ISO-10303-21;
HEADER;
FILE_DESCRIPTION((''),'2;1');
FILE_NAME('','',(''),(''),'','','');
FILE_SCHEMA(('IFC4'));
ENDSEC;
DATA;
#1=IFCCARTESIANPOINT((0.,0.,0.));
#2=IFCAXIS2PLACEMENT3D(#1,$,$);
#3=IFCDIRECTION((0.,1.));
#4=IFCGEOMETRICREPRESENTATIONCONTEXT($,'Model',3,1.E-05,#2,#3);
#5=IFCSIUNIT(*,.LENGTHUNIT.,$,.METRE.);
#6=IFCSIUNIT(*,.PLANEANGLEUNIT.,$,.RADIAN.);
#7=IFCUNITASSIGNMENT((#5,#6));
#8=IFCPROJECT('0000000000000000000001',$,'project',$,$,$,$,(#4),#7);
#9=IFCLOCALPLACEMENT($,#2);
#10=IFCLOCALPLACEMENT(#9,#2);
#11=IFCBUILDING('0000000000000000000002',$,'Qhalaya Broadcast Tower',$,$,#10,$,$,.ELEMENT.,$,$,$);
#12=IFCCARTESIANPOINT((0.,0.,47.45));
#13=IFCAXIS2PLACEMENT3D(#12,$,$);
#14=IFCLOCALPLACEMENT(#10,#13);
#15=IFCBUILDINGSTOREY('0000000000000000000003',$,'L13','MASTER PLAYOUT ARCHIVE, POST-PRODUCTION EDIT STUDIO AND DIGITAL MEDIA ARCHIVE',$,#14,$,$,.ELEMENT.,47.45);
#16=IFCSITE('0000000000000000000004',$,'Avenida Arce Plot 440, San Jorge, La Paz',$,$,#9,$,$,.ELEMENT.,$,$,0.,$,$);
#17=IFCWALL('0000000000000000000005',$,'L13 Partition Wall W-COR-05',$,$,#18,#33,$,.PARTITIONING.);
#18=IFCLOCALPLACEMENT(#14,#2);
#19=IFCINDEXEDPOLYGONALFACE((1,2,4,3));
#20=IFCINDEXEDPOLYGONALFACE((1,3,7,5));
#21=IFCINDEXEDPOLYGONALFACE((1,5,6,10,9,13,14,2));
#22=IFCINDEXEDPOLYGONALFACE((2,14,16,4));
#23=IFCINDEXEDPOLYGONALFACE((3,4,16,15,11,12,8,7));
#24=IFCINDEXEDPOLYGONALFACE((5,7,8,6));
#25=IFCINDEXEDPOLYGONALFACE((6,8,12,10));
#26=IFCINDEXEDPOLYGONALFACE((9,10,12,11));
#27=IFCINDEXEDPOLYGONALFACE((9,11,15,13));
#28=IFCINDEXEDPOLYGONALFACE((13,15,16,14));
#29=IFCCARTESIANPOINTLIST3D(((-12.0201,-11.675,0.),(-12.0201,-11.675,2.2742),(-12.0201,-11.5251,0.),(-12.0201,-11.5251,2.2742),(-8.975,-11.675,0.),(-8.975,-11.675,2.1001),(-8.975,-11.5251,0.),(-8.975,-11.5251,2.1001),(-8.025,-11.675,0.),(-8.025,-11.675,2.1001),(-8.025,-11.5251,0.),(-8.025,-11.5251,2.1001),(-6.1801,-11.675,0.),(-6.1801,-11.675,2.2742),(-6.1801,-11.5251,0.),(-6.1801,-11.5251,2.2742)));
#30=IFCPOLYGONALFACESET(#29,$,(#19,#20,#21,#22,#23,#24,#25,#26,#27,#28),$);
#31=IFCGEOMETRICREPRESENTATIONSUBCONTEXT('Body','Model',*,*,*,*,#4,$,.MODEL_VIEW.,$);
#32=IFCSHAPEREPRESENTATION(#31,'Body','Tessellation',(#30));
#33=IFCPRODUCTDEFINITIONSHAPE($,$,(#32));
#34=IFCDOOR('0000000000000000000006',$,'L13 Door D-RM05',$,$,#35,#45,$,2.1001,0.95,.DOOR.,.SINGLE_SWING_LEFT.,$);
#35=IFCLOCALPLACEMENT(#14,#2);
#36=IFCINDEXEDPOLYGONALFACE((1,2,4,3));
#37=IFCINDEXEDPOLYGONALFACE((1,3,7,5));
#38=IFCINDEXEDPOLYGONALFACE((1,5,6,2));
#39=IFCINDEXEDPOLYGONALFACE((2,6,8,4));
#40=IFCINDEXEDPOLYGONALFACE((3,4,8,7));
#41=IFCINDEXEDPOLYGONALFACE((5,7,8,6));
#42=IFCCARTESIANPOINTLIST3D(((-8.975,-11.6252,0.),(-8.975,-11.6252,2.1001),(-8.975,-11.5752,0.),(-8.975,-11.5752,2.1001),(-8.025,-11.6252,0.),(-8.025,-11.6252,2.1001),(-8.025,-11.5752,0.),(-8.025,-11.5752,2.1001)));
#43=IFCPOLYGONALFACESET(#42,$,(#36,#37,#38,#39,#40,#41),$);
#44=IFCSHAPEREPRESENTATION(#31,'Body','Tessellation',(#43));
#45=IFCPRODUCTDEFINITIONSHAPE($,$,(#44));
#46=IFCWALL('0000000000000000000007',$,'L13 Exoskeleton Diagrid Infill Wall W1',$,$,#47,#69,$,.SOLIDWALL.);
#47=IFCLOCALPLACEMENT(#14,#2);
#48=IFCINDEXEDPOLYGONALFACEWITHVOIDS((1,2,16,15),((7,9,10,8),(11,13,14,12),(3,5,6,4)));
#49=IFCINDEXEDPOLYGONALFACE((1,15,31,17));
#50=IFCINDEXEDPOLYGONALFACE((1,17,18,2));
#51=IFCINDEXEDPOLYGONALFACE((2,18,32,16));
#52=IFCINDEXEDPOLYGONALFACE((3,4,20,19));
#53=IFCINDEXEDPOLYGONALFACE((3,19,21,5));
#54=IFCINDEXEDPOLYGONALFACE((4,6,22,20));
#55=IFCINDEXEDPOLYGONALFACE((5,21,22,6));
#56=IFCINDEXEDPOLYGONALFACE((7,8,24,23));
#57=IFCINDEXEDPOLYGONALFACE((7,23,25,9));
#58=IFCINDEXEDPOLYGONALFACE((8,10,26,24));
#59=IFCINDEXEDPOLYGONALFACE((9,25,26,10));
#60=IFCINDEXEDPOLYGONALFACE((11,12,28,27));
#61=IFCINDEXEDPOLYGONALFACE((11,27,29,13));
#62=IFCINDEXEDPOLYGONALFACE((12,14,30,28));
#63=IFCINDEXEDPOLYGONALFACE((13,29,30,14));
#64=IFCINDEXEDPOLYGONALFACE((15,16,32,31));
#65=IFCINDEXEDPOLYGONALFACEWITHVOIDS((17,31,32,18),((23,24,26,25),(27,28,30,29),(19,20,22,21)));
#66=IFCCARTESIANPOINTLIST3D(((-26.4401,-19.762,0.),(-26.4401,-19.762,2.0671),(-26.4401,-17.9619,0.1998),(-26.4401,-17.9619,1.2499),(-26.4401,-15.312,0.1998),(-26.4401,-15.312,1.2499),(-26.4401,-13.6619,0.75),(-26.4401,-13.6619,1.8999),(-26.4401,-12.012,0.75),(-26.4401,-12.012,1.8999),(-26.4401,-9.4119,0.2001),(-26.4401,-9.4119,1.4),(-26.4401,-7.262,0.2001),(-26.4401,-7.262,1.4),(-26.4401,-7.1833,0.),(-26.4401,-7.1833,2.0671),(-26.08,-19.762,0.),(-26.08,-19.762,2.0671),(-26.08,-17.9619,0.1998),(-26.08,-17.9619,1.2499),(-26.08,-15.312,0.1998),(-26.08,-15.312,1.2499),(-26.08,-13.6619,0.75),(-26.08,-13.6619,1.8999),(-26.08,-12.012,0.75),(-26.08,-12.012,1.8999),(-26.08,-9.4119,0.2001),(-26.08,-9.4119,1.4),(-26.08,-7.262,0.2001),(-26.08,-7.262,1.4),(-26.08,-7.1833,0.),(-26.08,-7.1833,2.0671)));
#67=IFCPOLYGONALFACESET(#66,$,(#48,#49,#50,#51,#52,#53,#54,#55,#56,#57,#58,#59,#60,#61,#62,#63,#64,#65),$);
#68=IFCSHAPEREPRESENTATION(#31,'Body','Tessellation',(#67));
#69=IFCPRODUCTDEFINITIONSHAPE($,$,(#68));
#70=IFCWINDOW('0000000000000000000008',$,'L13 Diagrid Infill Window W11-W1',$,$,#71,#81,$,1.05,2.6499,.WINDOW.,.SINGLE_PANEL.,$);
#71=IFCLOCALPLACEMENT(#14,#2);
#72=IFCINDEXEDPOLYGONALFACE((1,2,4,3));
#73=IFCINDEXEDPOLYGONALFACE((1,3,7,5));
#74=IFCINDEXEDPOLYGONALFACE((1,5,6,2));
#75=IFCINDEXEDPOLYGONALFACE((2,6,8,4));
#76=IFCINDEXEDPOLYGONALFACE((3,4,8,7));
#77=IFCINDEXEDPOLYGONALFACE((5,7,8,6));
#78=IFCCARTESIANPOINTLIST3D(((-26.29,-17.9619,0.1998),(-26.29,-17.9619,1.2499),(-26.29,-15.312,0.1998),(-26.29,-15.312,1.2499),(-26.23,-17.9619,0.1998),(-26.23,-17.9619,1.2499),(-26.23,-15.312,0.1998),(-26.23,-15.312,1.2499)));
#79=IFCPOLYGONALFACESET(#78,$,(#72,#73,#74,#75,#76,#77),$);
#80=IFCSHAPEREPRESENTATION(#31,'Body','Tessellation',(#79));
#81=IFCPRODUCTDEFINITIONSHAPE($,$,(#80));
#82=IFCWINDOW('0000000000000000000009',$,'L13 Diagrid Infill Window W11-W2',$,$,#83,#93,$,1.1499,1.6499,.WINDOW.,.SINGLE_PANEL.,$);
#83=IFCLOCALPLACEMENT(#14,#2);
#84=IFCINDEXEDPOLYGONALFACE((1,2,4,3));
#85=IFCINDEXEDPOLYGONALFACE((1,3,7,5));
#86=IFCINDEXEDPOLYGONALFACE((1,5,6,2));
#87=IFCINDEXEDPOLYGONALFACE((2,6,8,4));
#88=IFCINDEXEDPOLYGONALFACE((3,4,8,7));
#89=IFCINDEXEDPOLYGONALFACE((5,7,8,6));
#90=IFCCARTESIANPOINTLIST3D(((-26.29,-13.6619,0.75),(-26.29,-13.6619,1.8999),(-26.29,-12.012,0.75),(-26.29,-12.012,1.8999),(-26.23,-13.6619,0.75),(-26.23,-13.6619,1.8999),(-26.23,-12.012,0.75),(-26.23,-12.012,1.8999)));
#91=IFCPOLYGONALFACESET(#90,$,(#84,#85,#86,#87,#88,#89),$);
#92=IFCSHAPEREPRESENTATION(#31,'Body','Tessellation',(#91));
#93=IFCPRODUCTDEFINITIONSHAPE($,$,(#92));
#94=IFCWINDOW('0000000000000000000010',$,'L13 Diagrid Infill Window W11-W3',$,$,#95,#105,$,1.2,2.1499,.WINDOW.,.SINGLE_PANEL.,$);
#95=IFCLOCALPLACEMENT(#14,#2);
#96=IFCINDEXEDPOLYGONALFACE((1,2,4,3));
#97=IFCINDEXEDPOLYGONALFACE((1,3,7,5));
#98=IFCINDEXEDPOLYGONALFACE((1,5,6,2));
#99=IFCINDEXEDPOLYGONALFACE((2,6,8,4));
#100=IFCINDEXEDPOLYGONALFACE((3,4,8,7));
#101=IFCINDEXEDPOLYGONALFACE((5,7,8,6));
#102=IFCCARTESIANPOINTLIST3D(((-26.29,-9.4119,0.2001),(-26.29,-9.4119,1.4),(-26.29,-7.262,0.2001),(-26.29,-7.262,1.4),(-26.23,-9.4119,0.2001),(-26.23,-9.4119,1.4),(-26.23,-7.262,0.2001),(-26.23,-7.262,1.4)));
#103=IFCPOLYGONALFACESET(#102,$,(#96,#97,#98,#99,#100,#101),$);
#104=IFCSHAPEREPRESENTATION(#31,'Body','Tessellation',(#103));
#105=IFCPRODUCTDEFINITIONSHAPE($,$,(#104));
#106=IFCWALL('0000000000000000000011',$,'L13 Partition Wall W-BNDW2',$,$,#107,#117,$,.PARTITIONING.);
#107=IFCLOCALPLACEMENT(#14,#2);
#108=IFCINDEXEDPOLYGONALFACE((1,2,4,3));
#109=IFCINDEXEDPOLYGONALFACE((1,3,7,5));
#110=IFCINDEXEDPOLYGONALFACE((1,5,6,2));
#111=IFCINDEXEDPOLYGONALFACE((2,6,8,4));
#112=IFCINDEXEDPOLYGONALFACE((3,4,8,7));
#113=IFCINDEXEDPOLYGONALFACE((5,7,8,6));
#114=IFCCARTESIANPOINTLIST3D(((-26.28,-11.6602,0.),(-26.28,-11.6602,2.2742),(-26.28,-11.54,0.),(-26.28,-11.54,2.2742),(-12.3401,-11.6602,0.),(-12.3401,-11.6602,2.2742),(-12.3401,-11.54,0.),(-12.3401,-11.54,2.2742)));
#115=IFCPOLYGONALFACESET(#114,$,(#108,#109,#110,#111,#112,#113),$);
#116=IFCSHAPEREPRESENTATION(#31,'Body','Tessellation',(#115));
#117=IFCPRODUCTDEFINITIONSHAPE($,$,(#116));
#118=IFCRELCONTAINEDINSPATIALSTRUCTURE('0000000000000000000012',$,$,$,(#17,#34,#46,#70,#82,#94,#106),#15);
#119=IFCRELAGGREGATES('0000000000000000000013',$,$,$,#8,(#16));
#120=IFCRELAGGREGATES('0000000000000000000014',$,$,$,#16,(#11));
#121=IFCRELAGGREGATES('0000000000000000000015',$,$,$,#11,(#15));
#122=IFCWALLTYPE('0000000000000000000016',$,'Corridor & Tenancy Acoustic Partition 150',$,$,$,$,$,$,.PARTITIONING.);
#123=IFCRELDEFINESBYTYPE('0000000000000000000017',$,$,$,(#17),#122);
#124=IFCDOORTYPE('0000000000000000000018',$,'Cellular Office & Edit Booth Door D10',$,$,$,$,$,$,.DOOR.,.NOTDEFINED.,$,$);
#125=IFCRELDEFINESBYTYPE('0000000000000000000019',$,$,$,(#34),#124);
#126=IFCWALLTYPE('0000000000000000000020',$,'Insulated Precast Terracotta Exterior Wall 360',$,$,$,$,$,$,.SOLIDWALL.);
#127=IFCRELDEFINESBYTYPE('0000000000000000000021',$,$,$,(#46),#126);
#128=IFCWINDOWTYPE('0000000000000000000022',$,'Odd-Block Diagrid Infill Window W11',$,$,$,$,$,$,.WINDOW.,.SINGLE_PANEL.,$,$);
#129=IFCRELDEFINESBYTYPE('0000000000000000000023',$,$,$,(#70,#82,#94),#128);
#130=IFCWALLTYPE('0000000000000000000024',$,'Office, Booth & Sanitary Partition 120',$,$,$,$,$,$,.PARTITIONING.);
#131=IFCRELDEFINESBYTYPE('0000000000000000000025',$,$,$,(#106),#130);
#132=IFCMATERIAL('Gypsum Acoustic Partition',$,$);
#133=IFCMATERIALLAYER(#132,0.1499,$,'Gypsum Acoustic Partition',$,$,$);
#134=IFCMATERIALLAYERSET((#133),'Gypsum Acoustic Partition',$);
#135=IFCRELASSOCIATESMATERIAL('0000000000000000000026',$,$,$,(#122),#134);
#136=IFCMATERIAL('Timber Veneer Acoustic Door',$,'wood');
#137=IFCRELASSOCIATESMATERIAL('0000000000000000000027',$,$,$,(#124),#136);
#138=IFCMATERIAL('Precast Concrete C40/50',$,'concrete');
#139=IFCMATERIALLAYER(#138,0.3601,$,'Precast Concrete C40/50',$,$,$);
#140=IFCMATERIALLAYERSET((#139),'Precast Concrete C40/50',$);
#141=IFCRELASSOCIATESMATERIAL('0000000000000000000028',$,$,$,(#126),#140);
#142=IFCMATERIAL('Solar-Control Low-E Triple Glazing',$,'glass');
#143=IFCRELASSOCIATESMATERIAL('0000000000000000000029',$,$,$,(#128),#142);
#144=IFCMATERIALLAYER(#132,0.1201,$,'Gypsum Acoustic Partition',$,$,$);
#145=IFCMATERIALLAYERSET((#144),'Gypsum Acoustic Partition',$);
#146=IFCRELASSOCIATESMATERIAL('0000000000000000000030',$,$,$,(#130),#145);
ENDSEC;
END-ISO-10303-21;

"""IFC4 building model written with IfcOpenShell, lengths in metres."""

from ifc_helpers import new_model, si_unit, direction, frame, frame_2d, origin, place, context, subcontext, project, spatial, rectangle, extrude, material, layer, layer_set, type_object, element, fill, save


model = new_model("IFC4")

# Units and contexts
model_context = context("Model", 3, precision=1e-05, world=origin(), true_north=direction((0.0, 1.0)))
body_context = subcontext(model_context, "Body", "Model", "MODEL_VIEW")
ifc_project = project(units=[si_unit("LENGTHUNIT", "METRE"), si_unit("PLANEANGLEUNIT", "RADIAN")], contexts=[model_context])

# Site, building, storey
site_placement = place(None, origin())
site = spatial("IfcSite", under=ifc_project, at=site_placement, Name="Avenida Arce Plot 440, San Jorge, La Paz", CompositionType="ELEMENT", RefElevation=0.0)
building_placement = place(site_placement, origin())
building = spatial("IfcBuilding", under=site, at=building_placement, Name="Qhalaya Broadcast Tower", CompositionType="ELEMENT")
storey_placement = place(building_placement, frame((0.0, 0.0, 47.45)))
storey = spatial("IfcBuildingStorey", under=building, at=storey_placement, Name="L13", Description="MASTER PLAYOUT ARCHIVE, POST-PRODUCTION EDIT STUDIO AND DIGITAL MEDIA ARCHIVE", CompositionType="ELEMENT", Elevation=47.45)

# Wall, opening, door
ifc_material_1 = material(Name="Gypsum Acoustic Partition")
ifc_layer_1 = layer(ifc_material_1, 0.1499, Name="Gypsum Acoustic Partition")
ifc_layer_set_1 = layer_set([ifc_layer_1], Name="Gypsum Acoustic Partition")
wall_type_1 = type_object("IfcWallType", Name="Corridor & Tenancy Acoustic Partition 150", PredefinedType="PARTITIONING", material=ifc_layer_set_1)
wall_1_placement = place(storey_placement, frame((-12.02, -11.6001, 0.0), z_axis=(0.0, 0.0, 1.0), x_axis=(1.0, 0.0, 0.0)))
wall_1 = element("IfcWall", 1, at=wall_1_placement, inside=storey, type_object=wall_type_1, Name="L13 Partition Wall W-COR-05", PredefinedType="PARTITIONING", context=body_context, shape_type="SweptSolid", body=[
    extrude(rectangle(XDim=5.8401, YDim=0.1499, at=frame_2d((2.9199, 0.0))), origin(), (0.0, 0.0, 1.0), 2.2742),
])
opening_1_placement = place(wall_1_placement, frame((3.0449, 0.0, 0.0)))
opening_1 = element("IfcOpeningElement", 2, at=opening_1_placement, cuts=wall_1, PredefinedType="OPENING", context=body_context, shape_type="SweptSolid", body=[
    extrude(rectangle(XDim=0.95, YDim=2.1001, at=frame_2d((0.4751, 1.05))), frame((0.0, 0.0869, 0.0), z_axis=(0.0, -1.0, 0.0), x_axis=(1.0, 0.0, 0.0)), (0.0, 0.0, 1.0), 0.1738),
])
ifc_material_2 = material(Name="Timber Veneer Acoustic Door", Category="wood")
door_type = type_object("IfcDoorType", Name="Cellular Office & Edit Booth Door D10", OperationType="NOTDEFINED", PredefinedType="DOOR", material=ifc_material_2)
door_placement = place(opening_1_placement, origin())
door = element("IfcDoor", 3, at=door_placement, inside=storey, type_object=door_type, Name="L13 Door D-RM05", OperationType="SINGLE_SWING_LEFT", OverallHeight=2.1001, OverallWidth=0.95, PredefinedType="DOOR", context=body_context, shape_type="SweptSolid", body=[
    extrude(rectangle(XDim=0.95, YDim=2.1001, at=frame_2d((0.4751, 1.05))), frame((0.0, 0.0249, 0.0), z_axis=(0.0, -1.0, 0.0), x_axis=(1.0, 0.0, 0.0)), (0.0, 0.0, 1.0), 0.05),
])
fill(opening_1, door)

# Wall, openings, windows
ifc_material_3 = material(Name="Precast Concrete C40/50", Category="concrete")
ifc_layer_2 = layer(ifc_material_3, 0.3601, Name="Precast Concrete C40/50")
ifc_layer_set_2 = layer_set([ifc_layer_2], Name="Precast Concrete C40/50")
wall_type_2 = type_object("IfcWallType", Name="Insulated Precast Terracotta Exterior Wall 360", PredefinedType="SOLIDWALL", material=ifc_layer_set_2)
wall_2_placement = place(storey_placement, frame((-26.26, -19.762, 0.0), z_axis=(0.0, 0.0, 1.0), x_axis=(0.0, 1.0, 0.0)))
wall_2 = element("IfcWall", 4, at=wall_2_placement, inside=storey, type_object=wall_type_2, Name="L13 Exoskeleton Diagrid Infill Wall W1", PredefinedType="SOLIDWALL", context=body_context, shape_type="SweptSolid", body=[
    extrude(rectangle(XDim=12.5786, YDim=0.3601, at=frame_2d((6.2893, 0.0))), origin(), (0.0, 0.0, 1.0), 2.0671),
])
opening_2_placement = place(wall_2_placement, frame((1.8, 0.0, 0.2)))
opening_2 = element("IfcOpeningElement", 5, at=opening_2_placement, cuts=wall_2, PredefinedType="OPENING", context=body_context, shape_type="SweptSolid", body=[
    extrude(rectangle(XDim=2.6499, YDim=1.05, at=frame_2d((1.325, 0.5249))), frame((0.0, 0.1921, 0.0), z_axis=(0.0, -1.0, 0.0), x_axis=(1.0, 0.0, 0.0)), (0.0, 0.0, 1.0), 0.384),
])
opening_3_placement = place(wall_2_placement, frame((6.1001, 0.0, 0.75)))
opening_3 = element("IfcOpeningElement", 6, at=opening_3_placement, cuts=wall_2, PredefinedType="OPENING", context=body_context, shape_type="SweptSolid", body=[
    extrude(rectangle(XDim=1.6499, YDim=1.1499, at=frame_2d((0.825, 0.575))), frame((0.0, 0.1921, 0.0), z_axis=(0.0, -1.0, 0.0), x_axis=(1.0, 0.0, 0.0)), (0.0, 0.0, 1.0), 0.384),
])
opening_4_placement = place(wall_2_placement, frame((10.3501, 0.0, 0.2)))
opening_4 = element("IfcOpeningElement", 7, at=opening_4_placement, cuts=wall_2, PredefinedType="OPENING", context=body_context, shape_type="SweptSolid", body=[
    extrude(rectangle(XDim=2.1499, YDim=1.2, at=frame_2d((1.075, 0.6001))), frame((0.0, 0.1921, 0.0), z_axis=(0.0, -1.0, 0.0), x_axis=(1.0, 0.0, 0.0)), (0.0, 0.0, 1.0), 0.384),
])
ifc_material_4 = material(Name="Solar-Control Low-E Triple Glazing", Category="glass")
window_type = type_object("IfcWindowType", Name="Odd-Block Diagrid Infill Window W11", PartitioningType="SINGLE_PANEL", PredefinedType="WINDOW", material=ifc_material_4)
window_1_placement = place(opening_2_placement, origin())
window_1 = element("IfcWindow", 8, at=window_1_placement, inside=storey, type_object=window_type, Name="L13 Diagrid Infill Window W11-W1", OverallHeight=1.05, OverallWidth=2.6499, PartitioningType="SINGLE_PANEL", PredefinedType="WINDOW", context=body_context, shape_type="SweptSolid", body=[
    extrude(rectangle(XDim=2.6499, YDim=1.05, at=frame_2d((1.325, 0.5249))), frame((0.0, 0.03, 0.0), z_axis=(0.0, -1.0, 0.0), x_axis=(1.0, 0.0, 0.0)), (0.0, 0.0, 1.0), 0.0601),
])
fill(opening_2, window_1)
window_2_placement = place(opening_3_placement, origin())
window_2 = element("IfcWindow", 9, at=window_2_placement, inside=storey, type_object=window_type, Name="L13 Diagrid Infill Window W11-W2", OverallHeight=1.1499, OverallWidth=1.6499, PartitioningType="SINGLE_PANEL", PredefinedType="WINDOW", context=body_context, shape_type="SweptSolid", body=[
    extrude(rectangle(XDim=1.6499, YDim=1.1499, at=frame_2d((0.825, 0.575))), frame((0.0, 0.03, 0.0), z_axis=(0.0, -1.0, 0.0), x_axis=(1.0, 0.0, 0.0)), (0.0, 0.0, 1.0), 0.0601),
])
fill(opening_3, window_2)
window_3_placement = place(opening_4_placement, origin())
window_3 = element("IfcWindow", 10, at=window_3_placement, inside=storey, type_object=window_type, Name="L13 Diagrid Infill Window W11-W3", OverallHeight=1.2, OverallWidth=2.1499, PartitioningType="SINGLE_PANEL", PredefinedType="WINDOW", context=body_context, shape_type="SweptSolid", body=[
    extrude(rectangle(XDim=2.1499, YDim=1.2, at=frame_2d((1.075, 0.6001))), frame((0.0, 0.03, 0.0), z_axis=(0.0, -1.0, 0.0), x_axis=(1.0, 0.0, 0.0)), (0.0, 0.0, 1.0), 0.0601),
])
fill(opening_4, window_3)

# Wall
ifc_layer_3 = layer(ifc_material_1, 0.1201, Name="Gypsum Acoustic Partition")
ifc_layer_set_3 = layer_set([ifc_layer_3], Name="Gypsum Acoustic Partition")
wall_type_3 = type_object("IfcWallType", Name="Office, Booth & Sanitary Partition 120", PredefinedType="PARTITIONING", material=ifc_layer_set_3)
wall_3_placement = place(storey_placement, frame((-26.28, -11.6001, 0.0), z_axis=(0.0, 0.0, 1.0), x_axis=(1.0, 0.0, 0.0)))
element("IfcWall", 11, at=wall_3_placement, inside=storey, type_object=wall_type_3, Name="L13 Partition Wall W-BNDW2", PredefinedType="PARTITIONING", context=body_context, shape_type="SweptSolid", body=[
    extrude(rectangle(XDim=13.9399, YDim=0.1201, at=frame_2d((6.97, 0.0))), origin(), (0.0, 0.0, 1.0), 2.2742),
])

save(model, "model.ifc")
